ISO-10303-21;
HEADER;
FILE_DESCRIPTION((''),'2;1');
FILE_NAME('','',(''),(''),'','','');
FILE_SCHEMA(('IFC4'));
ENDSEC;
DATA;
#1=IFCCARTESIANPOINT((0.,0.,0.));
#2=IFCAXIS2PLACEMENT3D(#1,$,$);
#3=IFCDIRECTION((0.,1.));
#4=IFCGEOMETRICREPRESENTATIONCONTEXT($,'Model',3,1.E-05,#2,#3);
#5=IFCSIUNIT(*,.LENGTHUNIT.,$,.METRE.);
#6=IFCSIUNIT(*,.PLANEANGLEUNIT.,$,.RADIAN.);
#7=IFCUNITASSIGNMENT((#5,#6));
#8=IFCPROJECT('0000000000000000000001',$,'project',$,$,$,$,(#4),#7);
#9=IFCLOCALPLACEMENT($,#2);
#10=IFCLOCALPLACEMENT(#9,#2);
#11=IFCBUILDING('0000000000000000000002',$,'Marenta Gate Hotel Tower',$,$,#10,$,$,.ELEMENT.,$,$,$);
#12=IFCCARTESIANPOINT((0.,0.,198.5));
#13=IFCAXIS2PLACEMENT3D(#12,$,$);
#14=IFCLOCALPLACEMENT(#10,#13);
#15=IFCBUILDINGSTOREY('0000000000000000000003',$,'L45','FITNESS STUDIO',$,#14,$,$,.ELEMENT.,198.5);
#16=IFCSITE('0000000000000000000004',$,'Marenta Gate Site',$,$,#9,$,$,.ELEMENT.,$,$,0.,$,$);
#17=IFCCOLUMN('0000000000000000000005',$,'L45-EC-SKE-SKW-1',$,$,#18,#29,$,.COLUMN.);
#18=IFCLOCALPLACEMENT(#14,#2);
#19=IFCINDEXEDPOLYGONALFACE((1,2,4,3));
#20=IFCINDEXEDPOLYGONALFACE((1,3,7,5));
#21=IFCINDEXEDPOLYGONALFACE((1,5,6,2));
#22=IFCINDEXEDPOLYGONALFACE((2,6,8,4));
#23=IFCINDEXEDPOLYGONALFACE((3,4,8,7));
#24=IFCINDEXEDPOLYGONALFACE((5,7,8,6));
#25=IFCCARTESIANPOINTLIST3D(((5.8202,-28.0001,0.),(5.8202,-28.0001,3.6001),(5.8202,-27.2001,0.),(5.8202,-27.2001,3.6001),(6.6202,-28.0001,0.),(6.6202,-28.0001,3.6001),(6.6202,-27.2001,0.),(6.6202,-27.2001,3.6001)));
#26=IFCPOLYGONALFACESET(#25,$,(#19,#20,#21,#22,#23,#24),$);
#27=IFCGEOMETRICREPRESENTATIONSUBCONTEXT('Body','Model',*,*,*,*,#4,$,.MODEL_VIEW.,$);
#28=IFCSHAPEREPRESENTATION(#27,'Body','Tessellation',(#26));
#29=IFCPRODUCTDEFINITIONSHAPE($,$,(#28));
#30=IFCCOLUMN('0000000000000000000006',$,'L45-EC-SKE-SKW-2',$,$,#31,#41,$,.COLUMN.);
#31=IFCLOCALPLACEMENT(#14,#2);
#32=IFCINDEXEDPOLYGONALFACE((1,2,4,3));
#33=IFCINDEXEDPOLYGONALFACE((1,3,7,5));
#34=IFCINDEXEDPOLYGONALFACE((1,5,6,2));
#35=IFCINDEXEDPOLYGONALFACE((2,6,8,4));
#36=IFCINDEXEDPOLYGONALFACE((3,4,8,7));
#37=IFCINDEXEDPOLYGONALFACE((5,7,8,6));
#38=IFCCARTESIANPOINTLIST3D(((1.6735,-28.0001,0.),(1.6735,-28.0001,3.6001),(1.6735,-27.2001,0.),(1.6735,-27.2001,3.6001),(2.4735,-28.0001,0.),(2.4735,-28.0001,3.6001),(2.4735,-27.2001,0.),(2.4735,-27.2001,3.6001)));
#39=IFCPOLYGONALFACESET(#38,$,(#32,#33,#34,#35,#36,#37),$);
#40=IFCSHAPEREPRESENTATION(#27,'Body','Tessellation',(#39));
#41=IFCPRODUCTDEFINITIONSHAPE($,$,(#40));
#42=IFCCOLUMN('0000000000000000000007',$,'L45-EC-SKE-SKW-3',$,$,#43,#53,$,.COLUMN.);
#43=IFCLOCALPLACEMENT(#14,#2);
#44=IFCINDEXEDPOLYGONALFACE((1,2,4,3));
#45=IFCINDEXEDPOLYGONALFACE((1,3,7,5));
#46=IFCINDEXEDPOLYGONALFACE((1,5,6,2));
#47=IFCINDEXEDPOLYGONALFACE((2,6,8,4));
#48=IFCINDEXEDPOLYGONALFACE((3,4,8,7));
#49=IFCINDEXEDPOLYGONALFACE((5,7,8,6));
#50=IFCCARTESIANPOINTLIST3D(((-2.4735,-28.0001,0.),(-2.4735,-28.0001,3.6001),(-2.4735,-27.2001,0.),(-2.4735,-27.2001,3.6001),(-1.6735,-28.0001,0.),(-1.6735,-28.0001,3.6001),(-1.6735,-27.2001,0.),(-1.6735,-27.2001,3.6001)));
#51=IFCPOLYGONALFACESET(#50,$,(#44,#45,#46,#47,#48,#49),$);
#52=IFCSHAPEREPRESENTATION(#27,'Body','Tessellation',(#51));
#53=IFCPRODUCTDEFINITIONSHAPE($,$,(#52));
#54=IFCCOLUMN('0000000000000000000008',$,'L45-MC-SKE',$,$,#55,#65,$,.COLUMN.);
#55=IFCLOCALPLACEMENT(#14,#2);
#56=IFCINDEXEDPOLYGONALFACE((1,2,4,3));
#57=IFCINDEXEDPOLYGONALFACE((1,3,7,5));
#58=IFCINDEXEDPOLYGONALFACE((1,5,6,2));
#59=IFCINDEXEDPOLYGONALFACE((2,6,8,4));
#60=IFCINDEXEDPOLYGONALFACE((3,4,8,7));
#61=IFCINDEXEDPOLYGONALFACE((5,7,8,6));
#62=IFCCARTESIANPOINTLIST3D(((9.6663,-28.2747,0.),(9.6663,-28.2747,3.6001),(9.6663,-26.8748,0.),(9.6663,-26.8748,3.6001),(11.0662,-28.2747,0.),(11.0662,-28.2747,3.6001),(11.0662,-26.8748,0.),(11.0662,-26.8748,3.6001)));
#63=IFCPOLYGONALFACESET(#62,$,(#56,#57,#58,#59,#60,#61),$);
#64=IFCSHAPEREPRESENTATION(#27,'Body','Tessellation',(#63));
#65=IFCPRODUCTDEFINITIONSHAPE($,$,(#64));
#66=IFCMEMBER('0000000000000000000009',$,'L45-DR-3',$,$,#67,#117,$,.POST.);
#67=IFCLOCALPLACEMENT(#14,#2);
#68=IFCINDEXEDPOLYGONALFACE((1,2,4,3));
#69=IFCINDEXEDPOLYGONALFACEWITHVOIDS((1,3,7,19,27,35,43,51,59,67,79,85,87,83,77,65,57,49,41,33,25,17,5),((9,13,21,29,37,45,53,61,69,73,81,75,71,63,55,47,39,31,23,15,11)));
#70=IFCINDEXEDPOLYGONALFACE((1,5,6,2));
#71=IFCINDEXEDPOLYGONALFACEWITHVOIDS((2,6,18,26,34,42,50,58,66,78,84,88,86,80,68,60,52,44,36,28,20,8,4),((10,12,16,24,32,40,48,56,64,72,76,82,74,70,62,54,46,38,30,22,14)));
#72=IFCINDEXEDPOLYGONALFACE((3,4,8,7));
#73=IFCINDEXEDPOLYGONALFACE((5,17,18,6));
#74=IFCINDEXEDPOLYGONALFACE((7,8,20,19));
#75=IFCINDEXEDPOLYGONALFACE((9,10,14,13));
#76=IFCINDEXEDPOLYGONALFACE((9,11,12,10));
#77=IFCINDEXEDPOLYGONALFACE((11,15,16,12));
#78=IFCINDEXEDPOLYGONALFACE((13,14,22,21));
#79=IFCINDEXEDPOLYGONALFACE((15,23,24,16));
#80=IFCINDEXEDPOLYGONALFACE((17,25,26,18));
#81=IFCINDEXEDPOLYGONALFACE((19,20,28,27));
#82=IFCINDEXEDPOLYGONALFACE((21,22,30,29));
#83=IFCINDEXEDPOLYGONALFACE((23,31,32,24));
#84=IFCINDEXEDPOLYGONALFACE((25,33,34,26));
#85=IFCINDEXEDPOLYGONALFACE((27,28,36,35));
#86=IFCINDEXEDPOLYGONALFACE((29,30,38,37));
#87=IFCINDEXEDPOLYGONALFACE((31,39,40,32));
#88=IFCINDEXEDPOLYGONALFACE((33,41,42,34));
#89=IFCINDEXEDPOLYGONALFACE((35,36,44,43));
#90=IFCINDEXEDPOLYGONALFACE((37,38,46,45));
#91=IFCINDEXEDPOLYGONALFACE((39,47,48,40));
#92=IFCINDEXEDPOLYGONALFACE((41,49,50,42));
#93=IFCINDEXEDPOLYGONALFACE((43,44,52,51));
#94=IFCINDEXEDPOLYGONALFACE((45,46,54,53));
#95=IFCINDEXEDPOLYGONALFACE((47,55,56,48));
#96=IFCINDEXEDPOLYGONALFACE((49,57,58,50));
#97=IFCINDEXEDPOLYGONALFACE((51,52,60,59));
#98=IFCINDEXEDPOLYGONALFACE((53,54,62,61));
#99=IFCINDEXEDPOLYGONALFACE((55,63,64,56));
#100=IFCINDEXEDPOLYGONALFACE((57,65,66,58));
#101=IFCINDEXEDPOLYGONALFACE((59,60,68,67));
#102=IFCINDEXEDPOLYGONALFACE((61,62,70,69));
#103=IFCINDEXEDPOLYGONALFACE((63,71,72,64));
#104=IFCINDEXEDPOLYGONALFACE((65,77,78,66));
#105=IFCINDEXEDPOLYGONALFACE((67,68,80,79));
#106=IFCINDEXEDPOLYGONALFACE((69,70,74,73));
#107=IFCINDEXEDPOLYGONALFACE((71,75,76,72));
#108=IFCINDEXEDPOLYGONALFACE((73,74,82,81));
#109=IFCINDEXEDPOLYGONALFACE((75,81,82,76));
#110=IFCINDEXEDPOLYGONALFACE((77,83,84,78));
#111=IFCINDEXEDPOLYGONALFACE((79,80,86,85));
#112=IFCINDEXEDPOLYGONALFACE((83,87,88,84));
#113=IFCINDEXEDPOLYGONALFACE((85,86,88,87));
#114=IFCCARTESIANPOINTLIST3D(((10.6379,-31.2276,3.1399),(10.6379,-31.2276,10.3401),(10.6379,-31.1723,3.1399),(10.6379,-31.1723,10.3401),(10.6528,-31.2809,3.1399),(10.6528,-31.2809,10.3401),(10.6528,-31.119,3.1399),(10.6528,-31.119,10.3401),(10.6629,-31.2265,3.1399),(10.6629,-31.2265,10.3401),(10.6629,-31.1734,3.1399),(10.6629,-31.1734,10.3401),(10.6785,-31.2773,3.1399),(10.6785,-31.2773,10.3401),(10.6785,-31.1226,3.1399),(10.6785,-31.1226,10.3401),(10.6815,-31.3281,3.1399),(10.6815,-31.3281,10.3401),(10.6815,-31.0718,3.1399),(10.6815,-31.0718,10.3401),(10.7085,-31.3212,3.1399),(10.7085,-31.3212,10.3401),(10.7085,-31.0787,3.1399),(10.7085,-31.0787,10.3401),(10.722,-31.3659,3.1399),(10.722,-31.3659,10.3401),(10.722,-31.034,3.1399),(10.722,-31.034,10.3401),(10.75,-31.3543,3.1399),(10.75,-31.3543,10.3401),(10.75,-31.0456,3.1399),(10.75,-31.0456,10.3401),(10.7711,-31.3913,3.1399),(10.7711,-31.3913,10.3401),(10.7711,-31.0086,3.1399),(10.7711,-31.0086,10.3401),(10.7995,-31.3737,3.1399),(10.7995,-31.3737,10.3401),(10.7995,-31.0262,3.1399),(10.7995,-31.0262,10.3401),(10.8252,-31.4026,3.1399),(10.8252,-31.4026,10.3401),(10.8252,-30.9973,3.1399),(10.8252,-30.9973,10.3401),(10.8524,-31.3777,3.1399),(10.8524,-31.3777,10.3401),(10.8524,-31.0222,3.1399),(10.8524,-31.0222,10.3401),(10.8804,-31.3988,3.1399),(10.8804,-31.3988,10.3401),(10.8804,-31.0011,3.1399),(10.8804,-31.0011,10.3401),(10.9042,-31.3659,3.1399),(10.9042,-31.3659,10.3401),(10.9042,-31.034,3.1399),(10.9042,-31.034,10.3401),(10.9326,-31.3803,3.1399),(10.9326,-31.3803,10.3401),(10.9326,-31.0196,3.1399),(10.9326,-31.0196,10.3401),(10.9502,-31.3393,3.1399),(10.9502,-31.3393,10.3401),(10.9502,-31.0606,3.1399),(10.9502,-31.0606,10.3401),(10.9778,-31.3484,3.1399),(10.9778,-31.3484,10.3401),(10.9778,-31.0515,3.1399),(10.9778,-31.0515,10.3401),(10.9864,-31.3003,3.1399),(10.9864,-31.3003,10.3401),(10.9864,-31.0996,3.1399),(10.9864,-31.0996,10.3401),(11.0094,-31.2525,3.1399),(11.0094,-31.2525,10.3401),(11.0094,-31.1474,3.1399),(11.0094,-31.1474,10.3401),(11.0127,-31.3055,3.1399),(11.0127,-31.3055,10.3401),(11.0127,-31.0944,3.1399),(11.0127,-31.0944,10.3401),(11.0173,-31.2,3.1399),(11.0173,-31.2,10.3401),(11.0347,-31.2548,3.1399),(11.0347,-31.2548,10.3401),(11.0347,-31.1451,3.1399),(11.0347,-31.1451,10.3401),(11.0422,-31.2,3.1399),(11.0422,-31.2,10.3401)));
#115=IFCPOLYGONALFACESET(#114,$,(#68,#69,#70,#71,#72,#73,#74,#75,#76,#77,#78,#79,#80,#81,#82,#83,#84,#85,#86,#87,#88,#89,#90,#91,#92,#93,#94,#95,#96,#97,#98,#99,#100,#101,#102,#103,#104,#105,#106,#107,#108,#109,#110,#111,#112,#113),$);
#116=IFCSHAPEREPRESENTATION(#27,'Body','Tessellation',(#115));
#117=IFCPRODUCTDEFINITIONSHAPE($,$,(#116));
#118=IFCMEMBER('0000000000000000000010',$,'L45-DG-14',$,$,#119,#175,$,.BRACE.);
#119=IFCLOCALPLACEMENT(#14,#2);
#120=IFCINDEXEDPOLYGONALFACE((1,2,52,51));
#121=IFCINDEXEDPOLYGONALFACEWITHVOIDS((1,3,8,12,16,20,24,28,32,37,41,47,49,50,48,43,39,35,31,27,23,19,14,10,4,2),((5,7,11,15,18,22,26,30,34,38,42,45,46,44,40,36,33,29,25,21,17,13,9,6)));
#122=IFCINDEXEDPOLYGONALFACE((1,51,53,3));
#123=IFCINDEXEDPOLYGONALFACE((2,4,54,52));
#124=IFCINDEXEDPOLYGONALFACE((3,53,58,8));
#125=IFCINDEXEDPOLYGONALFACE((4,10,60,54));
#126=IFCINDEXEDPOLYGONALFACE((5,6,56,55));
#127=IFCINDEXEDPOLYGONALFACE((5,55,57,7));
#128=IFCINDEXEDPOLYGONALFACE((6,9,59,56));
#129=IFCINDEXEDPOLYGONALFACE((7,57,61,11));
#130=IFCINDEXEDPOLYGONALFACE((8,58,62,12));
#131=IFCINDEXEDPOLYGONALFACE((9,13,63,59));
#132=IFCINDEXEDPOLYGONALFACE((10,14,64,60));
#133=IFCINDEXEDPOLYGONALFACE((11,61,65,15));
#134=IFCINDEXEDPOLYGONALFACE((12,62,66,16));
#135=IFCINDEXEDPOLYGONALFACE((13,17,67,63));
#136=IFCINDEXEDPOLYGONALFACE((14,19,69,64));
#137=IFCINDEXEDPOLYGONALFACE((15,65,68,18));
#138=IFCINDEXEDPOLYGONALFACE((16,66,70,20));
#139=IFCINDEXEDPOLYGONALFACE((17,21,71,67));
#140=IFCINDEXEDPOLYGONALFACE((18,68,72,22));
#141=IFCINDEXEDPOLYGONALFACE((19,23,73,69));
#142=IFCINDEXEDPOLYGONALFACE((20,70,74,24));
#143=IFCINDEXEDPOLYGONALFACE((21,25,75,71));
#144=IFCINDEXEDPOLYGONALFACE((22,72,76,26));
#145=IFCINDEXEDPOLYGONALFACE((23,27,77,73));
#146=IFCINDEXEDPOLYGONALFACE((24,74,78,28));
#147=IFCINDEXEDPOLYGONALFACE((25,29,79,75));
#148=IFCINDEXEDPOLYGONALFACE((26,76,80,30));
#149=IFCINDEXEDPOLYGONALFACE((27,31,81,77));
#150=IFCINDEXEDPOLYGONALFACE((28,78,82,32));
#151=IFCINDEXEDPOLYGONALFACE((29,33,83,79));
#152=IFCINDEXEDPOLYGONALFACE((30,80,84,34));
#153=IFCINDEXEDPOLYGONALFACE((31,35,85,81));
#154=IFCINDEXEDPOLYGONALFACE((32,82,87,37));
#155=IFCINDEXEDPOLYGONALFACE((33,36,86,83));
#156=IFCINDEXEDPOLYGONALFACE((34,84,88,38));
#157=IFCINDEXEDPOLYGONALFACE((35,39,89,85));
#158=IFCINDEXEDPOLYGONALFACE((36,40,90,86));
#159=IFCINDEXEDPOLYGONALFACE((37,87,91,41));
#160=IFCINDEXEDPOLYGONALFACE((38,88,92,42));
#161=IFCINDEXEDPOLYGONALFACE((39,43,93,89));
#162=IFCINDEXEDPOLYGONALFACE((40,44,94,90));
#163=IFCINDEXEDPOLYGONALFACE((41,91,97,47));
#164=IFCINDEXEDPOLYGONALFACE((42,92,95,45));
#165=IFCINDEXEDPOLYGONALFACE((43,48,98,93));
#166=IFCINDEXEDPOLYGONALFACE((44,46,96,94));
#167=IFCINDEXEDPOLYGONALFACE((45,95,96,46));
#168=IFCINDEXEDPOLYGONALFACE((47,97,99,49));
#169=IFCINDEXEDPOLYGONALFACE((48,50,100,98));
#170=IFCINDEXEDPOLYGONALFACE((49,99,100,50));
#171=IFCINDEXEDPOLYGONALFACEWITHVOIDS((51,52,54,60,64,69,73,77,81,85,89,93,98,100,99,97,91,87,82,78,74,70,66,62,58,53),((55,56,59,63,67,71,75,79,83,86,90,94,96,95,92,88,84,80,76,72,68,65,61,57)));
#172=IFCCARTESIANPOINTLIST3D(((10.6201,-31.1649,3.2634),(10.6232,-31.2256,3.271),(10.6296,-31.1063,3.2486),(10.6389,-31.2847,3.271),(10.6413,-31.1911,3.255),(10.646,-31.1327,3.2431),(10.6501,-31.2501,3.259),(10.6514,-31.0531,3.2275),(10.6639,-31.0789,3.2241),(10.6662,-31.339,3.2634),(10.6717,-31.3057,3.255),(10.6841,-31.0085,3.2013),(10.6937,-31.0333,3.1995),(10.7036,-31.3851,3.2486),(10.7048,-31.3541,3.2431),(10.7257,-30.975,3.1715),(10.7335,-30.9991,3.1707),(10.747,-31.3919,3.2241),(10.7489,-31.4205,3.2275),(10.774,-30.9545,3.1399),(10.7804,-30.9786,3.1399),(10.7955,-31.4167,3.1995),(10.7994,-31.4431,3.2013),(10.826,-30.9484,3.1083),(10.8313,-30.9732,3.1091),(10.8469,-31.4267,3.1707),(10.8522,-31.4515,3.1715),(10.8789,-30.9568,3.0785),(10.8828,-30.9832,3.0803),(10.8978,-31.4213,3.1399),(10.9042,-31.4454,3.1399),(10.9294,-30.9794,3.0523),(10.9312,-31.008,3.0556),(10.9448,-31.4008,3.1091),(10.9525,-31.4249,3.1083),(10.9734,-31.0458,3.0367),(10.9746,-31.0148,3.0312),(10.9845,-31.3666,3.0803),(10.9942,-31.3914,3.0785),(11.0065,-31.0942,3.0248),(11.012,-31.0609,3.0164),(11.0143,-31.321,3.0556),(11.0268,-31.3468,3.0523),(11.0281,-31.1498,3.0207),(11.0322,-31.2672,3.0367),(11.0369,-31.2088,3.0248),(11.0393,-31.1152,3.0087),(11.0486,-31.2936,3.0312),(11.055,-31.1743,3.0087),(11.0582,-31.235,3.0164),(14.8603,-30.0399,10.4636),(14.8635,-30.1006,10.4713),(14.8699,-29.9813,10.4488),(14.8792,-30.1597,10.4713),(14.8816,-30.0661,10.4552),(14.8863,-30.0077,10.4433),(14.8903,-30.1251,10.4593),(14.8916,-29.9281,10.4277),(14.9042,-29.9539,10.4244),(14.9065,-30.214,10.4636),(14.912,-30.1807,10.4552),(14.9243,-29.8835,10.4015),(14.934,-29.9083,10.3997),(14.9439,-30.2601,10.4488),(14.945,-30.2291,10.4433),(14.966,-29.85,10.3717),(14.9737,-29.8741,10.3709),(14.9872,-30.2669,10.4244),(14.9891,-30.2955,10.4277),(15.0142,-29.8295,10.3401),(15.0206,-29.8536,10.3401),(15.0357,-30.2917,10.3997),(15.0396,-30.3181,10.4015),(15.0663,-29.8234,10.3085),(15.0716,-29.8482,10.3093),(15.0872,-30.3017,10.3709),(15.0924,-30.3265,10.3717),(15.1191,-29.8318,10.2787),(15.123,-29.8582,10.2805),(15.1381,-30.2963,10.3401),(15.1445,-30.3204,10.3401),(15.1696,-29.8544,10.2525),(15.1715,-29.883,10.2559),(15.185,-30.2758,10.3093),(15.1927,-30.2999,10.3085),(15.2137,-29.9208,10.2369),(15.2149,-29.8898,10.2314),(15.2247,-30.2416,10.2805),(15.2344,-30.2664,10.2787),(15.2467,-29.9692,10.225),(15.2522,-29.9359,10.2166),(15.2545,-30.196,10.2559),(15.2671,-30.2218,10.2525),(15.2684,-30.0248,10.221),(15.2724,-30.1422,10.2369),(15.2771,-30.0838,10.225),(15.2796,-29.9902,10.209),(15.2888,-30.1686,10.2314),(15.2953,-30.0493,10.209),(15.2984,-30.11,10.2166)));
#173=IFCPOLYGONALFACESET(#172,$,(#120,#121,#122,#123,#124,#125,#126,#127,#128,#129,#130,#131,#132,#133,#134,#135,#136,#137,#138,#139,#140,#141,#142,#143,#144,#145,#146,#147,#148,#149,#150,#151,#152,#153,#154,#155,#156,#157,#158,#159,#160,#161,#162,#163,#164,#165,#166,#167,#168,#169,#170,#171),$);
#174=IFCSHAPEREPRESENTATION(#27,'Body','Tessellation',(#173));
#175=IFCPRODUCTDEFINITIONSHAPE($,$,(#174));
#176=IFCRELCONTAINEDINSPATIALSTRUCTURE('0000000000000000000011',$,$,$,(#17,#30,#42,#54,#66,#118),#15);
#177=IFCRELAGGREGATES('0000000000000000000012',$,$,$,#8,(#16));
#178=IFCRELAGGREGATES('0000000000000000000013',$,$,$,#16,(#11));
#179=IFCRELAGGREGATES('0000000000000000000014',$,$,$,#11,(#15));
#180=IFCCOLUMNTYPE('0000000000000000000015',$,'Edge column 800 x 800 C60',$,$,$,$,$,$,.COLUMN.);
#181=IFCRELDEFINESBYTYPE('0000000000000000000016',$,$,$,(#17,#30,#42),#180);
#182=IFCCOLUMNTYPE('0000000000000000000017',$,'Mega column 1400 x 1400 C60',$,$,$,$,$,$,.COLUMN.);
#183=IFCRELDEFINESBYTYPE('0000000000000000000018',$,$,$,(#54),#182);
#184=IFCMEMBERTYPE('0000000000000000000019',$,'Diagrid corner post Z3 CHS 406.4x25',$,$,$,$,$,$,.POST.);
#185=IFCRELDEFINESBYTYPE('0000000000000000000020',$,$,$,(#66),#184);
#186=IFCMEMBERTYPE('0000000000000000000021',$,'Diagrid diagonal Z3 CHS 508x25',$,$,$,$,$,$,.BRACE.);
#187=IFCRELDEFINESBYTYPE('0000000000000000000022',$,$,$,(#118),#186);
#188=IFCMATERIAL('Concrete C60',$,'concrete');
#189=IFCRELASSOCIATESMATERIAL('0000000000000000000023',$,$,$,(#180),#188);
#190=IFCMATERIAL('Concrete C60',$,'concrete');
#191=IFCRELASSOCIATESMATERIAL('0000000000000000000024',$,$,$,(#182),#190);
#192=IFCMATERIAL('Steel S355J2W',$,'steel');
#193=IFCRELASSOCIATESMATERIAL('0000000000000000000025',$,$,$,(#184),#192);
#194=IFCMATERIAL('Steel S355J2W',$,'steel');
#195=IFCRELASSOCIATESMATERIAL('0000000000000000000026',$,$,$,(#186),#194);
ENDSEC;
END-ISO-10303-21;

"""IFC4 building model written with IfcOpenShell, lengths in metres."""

from ifc_helpers import new_model, si_unit, direction, frame, origin, origin_2d, place, context, subcontext, project, spatial, rectangle, hollow_circle, extrude, material, material_profile, profile_set, type_object, element, save


model = new_model("IFC4")

# Units and contexts
model_context = context("Model", 3, precision=1e-05, world=origin(), true_north=direction((0.0, 1.0)))
body_context = subcontext(model_context, "Body", "Model", "MODEL_VIEW")
ifc_project = project(units=[si_unit("LENGTHUNIT", "METRE"), si_unit("PLANEANGLEUNIT", "RADIAN")], contexts=[model_context])

# Site, building, storey
site_placement = place(None, origin())
site = spatial("IfcSite", under=ifc_project, at=site_placement, Name="Marenta Gate Site", CompositionType="ELEMENT", RefElevation=0.0)
building_placement = place(site_placement, origin())
building = spatial("IfcBuilding", under=site, at=building_placement, Name="Marenta Gate Hotel Tower", CompositionType="ELEMENT")
storey_placement = place(building_placement, frame((0.0, 0.0, 198.5)))
storey = spatial("IfcBuildingStorey", under=building, at=storey_placement, Name="L45", Description="FITNESS STUDIO", CompositionType="ELEMENT", Elevation=198.5)

# Columns
ifc_material_1 = material(Name="Concrete C60", Category="concrete")
ifc_material_profile_1 = material_profile(ifc_material_1, rectangle(XDim=0.8, YDim=0.8, at=origin_2d()), Name="800 x 800")
ifc_profile_set_1 = profile_set([ifc_material_profile_1], Name="Concrete C60")
column_type_1 = type_object("IfcColumnType", Name="Edge column 800 x 800 C60", PredefinedType="COLUMN", material=ifc_profile_set_1)
for number, where, z_axis, x_axis, name in (
    (1, (6.2202, -27.6001, 0.0), (0.0, 0.0, 1.0), (1.0, 0.0, 0.0), "L45-EC-SKE-SKW-1"),
    (2, (2.0735, -27.6001, 0.0), (0.0, 0.0, 1.0), (1.0, 0.0, 0.0), "L45-EC-SKE-SKW-2"),
    (3, (-2.0735, -27.6001, 0.0), (0.0, 0.0, 1.0), (1.0, 0.0, 0.0), "L45-EC-SKE-SKW-3"),
):
    element("IfcColumn", number, at=place(storey_placement, frame(where, z_axis=z_axis, x_axis=x_axis)), inside=storey, type_object=column_type_1, Name=name, PredefinedType="COLUMN", context=body_context, shape_type="SweptSolid", body=[
        extrude(rectangle(XDim=0.8, YDim=0.8, at=origin_2d()), origin(), (0.0, 0.0, 1.0), 3.6001),
    ])
ifc_material_2 = material(Name="Concrete C60", Category="concrete")
ifc_material_profile_2 = material_profile(ifc_material_2, rectangle(XDim=1.3999, YDim=1.3999, at=origin_2d()), Name="1400 x 1400")
ifc_profile_set_2 = profile_set([ifc_material_profile_2], Name="Concrete C60")
column_type_2 = type_object("IfcColumnType", Name="Mega column 1400 x 1400 C60", PredefinedType="COLUMN", material=ifc_profile_set_2)
column_placement = place(storey_placement, frame((10.3662, -27.5747, 0.0), z_axis=(0.0, 0.0, 1.0), x_axis=(1.0, 0.0, 0.0)))
element("IfcColumn", 4, at=column_placement, inside=storey, type_object=column_type_2, Name="L45-MC-SKE", PredefinedType="COLUMN", context=body_context, shape_type="SweptSolid", body=[
    extrude(rectangle(XDim=1.3999, YDim=1.3999, at=origin_2d()), origin(), (0.0, 0.0, 1.0), 3.6001),
])

# Members
ifc_material_3 = material(Name="Steel S355J2W", Category="steel")
ifc_material_profile_3 = material_profile(ifc_material_3, hollow_circle(Radius=0.2031, WallThickness=0.0249, at=origin_2d()), Name="CHS 406.4x25")
ifc_profile_set_3 = profile_set([ifc_material_profile_3], Name="Steel S355J2W")
member_type_1 = type_object("IfcMemberType", Name="Diagrid corner post Z3 CHS 406.4x25", PredefinedType="POST", material=ifc_profile_set_3)
member_1_placement = place(storey_placement, frame((10.8391, -31.2, 3.1399), z_axis=(0.0, 0.0, 1.0), x_axis=(1.0, 0.0, 0.0)))
element("IfcMember", 5, at=member_1_placement, inside=storey, type_object=member_type_1, Name="L45-DR-3", PredefinedType="POST", context=body_context, shape_type="SweptSolid", body=[
    extrude(hollow_circle(Radius=0.2031, WallThickness=0.0249, at=origin_2d()), origin(), (0.0, 0.0, 1.0), 7.2002),
])
ifc_material_4 = material(Name="Steel S355J2W", Category="steel")
ifc_material_profile_4 = material_profile(ifc_material_4, hollow_circle(Radius=0.2539, WallThickness=0.0249, at=origin_2d()), Name="CHS 508x25")
ifc_profile_set_4 = profile_set([ifc_material_profile_4], Name="Steel S355J2W")
member_type_2 = type_object("IfcMemberType", Name="Diagrid diagonal Z3 CHS 508x25", PredefinedType="BRACE", material=ifc_profile_set_4)
member_2_placement = place(storey_placement, frame((10.8391, -31.2, 3.1399), z_axis=(0.502912, 0.13343, 0.853977), x_axis=(-0.256443, 0.966559, 0.0)))
element("IfcMember", 6, at=member_2_placement, inside=storey, type_object=member_type_2, Name="L45-DG-14", PredefinedType="BRACE", context=body_context, shape_type="SweptSolid", body=[
    extrude(hollow_circle(Radius=0.2539, WallThickness=0.0249, at=origin_2d()), origin(), (0.0, 0.0, 1.0), 8.4314),
])

save(model, "model.ifc")
